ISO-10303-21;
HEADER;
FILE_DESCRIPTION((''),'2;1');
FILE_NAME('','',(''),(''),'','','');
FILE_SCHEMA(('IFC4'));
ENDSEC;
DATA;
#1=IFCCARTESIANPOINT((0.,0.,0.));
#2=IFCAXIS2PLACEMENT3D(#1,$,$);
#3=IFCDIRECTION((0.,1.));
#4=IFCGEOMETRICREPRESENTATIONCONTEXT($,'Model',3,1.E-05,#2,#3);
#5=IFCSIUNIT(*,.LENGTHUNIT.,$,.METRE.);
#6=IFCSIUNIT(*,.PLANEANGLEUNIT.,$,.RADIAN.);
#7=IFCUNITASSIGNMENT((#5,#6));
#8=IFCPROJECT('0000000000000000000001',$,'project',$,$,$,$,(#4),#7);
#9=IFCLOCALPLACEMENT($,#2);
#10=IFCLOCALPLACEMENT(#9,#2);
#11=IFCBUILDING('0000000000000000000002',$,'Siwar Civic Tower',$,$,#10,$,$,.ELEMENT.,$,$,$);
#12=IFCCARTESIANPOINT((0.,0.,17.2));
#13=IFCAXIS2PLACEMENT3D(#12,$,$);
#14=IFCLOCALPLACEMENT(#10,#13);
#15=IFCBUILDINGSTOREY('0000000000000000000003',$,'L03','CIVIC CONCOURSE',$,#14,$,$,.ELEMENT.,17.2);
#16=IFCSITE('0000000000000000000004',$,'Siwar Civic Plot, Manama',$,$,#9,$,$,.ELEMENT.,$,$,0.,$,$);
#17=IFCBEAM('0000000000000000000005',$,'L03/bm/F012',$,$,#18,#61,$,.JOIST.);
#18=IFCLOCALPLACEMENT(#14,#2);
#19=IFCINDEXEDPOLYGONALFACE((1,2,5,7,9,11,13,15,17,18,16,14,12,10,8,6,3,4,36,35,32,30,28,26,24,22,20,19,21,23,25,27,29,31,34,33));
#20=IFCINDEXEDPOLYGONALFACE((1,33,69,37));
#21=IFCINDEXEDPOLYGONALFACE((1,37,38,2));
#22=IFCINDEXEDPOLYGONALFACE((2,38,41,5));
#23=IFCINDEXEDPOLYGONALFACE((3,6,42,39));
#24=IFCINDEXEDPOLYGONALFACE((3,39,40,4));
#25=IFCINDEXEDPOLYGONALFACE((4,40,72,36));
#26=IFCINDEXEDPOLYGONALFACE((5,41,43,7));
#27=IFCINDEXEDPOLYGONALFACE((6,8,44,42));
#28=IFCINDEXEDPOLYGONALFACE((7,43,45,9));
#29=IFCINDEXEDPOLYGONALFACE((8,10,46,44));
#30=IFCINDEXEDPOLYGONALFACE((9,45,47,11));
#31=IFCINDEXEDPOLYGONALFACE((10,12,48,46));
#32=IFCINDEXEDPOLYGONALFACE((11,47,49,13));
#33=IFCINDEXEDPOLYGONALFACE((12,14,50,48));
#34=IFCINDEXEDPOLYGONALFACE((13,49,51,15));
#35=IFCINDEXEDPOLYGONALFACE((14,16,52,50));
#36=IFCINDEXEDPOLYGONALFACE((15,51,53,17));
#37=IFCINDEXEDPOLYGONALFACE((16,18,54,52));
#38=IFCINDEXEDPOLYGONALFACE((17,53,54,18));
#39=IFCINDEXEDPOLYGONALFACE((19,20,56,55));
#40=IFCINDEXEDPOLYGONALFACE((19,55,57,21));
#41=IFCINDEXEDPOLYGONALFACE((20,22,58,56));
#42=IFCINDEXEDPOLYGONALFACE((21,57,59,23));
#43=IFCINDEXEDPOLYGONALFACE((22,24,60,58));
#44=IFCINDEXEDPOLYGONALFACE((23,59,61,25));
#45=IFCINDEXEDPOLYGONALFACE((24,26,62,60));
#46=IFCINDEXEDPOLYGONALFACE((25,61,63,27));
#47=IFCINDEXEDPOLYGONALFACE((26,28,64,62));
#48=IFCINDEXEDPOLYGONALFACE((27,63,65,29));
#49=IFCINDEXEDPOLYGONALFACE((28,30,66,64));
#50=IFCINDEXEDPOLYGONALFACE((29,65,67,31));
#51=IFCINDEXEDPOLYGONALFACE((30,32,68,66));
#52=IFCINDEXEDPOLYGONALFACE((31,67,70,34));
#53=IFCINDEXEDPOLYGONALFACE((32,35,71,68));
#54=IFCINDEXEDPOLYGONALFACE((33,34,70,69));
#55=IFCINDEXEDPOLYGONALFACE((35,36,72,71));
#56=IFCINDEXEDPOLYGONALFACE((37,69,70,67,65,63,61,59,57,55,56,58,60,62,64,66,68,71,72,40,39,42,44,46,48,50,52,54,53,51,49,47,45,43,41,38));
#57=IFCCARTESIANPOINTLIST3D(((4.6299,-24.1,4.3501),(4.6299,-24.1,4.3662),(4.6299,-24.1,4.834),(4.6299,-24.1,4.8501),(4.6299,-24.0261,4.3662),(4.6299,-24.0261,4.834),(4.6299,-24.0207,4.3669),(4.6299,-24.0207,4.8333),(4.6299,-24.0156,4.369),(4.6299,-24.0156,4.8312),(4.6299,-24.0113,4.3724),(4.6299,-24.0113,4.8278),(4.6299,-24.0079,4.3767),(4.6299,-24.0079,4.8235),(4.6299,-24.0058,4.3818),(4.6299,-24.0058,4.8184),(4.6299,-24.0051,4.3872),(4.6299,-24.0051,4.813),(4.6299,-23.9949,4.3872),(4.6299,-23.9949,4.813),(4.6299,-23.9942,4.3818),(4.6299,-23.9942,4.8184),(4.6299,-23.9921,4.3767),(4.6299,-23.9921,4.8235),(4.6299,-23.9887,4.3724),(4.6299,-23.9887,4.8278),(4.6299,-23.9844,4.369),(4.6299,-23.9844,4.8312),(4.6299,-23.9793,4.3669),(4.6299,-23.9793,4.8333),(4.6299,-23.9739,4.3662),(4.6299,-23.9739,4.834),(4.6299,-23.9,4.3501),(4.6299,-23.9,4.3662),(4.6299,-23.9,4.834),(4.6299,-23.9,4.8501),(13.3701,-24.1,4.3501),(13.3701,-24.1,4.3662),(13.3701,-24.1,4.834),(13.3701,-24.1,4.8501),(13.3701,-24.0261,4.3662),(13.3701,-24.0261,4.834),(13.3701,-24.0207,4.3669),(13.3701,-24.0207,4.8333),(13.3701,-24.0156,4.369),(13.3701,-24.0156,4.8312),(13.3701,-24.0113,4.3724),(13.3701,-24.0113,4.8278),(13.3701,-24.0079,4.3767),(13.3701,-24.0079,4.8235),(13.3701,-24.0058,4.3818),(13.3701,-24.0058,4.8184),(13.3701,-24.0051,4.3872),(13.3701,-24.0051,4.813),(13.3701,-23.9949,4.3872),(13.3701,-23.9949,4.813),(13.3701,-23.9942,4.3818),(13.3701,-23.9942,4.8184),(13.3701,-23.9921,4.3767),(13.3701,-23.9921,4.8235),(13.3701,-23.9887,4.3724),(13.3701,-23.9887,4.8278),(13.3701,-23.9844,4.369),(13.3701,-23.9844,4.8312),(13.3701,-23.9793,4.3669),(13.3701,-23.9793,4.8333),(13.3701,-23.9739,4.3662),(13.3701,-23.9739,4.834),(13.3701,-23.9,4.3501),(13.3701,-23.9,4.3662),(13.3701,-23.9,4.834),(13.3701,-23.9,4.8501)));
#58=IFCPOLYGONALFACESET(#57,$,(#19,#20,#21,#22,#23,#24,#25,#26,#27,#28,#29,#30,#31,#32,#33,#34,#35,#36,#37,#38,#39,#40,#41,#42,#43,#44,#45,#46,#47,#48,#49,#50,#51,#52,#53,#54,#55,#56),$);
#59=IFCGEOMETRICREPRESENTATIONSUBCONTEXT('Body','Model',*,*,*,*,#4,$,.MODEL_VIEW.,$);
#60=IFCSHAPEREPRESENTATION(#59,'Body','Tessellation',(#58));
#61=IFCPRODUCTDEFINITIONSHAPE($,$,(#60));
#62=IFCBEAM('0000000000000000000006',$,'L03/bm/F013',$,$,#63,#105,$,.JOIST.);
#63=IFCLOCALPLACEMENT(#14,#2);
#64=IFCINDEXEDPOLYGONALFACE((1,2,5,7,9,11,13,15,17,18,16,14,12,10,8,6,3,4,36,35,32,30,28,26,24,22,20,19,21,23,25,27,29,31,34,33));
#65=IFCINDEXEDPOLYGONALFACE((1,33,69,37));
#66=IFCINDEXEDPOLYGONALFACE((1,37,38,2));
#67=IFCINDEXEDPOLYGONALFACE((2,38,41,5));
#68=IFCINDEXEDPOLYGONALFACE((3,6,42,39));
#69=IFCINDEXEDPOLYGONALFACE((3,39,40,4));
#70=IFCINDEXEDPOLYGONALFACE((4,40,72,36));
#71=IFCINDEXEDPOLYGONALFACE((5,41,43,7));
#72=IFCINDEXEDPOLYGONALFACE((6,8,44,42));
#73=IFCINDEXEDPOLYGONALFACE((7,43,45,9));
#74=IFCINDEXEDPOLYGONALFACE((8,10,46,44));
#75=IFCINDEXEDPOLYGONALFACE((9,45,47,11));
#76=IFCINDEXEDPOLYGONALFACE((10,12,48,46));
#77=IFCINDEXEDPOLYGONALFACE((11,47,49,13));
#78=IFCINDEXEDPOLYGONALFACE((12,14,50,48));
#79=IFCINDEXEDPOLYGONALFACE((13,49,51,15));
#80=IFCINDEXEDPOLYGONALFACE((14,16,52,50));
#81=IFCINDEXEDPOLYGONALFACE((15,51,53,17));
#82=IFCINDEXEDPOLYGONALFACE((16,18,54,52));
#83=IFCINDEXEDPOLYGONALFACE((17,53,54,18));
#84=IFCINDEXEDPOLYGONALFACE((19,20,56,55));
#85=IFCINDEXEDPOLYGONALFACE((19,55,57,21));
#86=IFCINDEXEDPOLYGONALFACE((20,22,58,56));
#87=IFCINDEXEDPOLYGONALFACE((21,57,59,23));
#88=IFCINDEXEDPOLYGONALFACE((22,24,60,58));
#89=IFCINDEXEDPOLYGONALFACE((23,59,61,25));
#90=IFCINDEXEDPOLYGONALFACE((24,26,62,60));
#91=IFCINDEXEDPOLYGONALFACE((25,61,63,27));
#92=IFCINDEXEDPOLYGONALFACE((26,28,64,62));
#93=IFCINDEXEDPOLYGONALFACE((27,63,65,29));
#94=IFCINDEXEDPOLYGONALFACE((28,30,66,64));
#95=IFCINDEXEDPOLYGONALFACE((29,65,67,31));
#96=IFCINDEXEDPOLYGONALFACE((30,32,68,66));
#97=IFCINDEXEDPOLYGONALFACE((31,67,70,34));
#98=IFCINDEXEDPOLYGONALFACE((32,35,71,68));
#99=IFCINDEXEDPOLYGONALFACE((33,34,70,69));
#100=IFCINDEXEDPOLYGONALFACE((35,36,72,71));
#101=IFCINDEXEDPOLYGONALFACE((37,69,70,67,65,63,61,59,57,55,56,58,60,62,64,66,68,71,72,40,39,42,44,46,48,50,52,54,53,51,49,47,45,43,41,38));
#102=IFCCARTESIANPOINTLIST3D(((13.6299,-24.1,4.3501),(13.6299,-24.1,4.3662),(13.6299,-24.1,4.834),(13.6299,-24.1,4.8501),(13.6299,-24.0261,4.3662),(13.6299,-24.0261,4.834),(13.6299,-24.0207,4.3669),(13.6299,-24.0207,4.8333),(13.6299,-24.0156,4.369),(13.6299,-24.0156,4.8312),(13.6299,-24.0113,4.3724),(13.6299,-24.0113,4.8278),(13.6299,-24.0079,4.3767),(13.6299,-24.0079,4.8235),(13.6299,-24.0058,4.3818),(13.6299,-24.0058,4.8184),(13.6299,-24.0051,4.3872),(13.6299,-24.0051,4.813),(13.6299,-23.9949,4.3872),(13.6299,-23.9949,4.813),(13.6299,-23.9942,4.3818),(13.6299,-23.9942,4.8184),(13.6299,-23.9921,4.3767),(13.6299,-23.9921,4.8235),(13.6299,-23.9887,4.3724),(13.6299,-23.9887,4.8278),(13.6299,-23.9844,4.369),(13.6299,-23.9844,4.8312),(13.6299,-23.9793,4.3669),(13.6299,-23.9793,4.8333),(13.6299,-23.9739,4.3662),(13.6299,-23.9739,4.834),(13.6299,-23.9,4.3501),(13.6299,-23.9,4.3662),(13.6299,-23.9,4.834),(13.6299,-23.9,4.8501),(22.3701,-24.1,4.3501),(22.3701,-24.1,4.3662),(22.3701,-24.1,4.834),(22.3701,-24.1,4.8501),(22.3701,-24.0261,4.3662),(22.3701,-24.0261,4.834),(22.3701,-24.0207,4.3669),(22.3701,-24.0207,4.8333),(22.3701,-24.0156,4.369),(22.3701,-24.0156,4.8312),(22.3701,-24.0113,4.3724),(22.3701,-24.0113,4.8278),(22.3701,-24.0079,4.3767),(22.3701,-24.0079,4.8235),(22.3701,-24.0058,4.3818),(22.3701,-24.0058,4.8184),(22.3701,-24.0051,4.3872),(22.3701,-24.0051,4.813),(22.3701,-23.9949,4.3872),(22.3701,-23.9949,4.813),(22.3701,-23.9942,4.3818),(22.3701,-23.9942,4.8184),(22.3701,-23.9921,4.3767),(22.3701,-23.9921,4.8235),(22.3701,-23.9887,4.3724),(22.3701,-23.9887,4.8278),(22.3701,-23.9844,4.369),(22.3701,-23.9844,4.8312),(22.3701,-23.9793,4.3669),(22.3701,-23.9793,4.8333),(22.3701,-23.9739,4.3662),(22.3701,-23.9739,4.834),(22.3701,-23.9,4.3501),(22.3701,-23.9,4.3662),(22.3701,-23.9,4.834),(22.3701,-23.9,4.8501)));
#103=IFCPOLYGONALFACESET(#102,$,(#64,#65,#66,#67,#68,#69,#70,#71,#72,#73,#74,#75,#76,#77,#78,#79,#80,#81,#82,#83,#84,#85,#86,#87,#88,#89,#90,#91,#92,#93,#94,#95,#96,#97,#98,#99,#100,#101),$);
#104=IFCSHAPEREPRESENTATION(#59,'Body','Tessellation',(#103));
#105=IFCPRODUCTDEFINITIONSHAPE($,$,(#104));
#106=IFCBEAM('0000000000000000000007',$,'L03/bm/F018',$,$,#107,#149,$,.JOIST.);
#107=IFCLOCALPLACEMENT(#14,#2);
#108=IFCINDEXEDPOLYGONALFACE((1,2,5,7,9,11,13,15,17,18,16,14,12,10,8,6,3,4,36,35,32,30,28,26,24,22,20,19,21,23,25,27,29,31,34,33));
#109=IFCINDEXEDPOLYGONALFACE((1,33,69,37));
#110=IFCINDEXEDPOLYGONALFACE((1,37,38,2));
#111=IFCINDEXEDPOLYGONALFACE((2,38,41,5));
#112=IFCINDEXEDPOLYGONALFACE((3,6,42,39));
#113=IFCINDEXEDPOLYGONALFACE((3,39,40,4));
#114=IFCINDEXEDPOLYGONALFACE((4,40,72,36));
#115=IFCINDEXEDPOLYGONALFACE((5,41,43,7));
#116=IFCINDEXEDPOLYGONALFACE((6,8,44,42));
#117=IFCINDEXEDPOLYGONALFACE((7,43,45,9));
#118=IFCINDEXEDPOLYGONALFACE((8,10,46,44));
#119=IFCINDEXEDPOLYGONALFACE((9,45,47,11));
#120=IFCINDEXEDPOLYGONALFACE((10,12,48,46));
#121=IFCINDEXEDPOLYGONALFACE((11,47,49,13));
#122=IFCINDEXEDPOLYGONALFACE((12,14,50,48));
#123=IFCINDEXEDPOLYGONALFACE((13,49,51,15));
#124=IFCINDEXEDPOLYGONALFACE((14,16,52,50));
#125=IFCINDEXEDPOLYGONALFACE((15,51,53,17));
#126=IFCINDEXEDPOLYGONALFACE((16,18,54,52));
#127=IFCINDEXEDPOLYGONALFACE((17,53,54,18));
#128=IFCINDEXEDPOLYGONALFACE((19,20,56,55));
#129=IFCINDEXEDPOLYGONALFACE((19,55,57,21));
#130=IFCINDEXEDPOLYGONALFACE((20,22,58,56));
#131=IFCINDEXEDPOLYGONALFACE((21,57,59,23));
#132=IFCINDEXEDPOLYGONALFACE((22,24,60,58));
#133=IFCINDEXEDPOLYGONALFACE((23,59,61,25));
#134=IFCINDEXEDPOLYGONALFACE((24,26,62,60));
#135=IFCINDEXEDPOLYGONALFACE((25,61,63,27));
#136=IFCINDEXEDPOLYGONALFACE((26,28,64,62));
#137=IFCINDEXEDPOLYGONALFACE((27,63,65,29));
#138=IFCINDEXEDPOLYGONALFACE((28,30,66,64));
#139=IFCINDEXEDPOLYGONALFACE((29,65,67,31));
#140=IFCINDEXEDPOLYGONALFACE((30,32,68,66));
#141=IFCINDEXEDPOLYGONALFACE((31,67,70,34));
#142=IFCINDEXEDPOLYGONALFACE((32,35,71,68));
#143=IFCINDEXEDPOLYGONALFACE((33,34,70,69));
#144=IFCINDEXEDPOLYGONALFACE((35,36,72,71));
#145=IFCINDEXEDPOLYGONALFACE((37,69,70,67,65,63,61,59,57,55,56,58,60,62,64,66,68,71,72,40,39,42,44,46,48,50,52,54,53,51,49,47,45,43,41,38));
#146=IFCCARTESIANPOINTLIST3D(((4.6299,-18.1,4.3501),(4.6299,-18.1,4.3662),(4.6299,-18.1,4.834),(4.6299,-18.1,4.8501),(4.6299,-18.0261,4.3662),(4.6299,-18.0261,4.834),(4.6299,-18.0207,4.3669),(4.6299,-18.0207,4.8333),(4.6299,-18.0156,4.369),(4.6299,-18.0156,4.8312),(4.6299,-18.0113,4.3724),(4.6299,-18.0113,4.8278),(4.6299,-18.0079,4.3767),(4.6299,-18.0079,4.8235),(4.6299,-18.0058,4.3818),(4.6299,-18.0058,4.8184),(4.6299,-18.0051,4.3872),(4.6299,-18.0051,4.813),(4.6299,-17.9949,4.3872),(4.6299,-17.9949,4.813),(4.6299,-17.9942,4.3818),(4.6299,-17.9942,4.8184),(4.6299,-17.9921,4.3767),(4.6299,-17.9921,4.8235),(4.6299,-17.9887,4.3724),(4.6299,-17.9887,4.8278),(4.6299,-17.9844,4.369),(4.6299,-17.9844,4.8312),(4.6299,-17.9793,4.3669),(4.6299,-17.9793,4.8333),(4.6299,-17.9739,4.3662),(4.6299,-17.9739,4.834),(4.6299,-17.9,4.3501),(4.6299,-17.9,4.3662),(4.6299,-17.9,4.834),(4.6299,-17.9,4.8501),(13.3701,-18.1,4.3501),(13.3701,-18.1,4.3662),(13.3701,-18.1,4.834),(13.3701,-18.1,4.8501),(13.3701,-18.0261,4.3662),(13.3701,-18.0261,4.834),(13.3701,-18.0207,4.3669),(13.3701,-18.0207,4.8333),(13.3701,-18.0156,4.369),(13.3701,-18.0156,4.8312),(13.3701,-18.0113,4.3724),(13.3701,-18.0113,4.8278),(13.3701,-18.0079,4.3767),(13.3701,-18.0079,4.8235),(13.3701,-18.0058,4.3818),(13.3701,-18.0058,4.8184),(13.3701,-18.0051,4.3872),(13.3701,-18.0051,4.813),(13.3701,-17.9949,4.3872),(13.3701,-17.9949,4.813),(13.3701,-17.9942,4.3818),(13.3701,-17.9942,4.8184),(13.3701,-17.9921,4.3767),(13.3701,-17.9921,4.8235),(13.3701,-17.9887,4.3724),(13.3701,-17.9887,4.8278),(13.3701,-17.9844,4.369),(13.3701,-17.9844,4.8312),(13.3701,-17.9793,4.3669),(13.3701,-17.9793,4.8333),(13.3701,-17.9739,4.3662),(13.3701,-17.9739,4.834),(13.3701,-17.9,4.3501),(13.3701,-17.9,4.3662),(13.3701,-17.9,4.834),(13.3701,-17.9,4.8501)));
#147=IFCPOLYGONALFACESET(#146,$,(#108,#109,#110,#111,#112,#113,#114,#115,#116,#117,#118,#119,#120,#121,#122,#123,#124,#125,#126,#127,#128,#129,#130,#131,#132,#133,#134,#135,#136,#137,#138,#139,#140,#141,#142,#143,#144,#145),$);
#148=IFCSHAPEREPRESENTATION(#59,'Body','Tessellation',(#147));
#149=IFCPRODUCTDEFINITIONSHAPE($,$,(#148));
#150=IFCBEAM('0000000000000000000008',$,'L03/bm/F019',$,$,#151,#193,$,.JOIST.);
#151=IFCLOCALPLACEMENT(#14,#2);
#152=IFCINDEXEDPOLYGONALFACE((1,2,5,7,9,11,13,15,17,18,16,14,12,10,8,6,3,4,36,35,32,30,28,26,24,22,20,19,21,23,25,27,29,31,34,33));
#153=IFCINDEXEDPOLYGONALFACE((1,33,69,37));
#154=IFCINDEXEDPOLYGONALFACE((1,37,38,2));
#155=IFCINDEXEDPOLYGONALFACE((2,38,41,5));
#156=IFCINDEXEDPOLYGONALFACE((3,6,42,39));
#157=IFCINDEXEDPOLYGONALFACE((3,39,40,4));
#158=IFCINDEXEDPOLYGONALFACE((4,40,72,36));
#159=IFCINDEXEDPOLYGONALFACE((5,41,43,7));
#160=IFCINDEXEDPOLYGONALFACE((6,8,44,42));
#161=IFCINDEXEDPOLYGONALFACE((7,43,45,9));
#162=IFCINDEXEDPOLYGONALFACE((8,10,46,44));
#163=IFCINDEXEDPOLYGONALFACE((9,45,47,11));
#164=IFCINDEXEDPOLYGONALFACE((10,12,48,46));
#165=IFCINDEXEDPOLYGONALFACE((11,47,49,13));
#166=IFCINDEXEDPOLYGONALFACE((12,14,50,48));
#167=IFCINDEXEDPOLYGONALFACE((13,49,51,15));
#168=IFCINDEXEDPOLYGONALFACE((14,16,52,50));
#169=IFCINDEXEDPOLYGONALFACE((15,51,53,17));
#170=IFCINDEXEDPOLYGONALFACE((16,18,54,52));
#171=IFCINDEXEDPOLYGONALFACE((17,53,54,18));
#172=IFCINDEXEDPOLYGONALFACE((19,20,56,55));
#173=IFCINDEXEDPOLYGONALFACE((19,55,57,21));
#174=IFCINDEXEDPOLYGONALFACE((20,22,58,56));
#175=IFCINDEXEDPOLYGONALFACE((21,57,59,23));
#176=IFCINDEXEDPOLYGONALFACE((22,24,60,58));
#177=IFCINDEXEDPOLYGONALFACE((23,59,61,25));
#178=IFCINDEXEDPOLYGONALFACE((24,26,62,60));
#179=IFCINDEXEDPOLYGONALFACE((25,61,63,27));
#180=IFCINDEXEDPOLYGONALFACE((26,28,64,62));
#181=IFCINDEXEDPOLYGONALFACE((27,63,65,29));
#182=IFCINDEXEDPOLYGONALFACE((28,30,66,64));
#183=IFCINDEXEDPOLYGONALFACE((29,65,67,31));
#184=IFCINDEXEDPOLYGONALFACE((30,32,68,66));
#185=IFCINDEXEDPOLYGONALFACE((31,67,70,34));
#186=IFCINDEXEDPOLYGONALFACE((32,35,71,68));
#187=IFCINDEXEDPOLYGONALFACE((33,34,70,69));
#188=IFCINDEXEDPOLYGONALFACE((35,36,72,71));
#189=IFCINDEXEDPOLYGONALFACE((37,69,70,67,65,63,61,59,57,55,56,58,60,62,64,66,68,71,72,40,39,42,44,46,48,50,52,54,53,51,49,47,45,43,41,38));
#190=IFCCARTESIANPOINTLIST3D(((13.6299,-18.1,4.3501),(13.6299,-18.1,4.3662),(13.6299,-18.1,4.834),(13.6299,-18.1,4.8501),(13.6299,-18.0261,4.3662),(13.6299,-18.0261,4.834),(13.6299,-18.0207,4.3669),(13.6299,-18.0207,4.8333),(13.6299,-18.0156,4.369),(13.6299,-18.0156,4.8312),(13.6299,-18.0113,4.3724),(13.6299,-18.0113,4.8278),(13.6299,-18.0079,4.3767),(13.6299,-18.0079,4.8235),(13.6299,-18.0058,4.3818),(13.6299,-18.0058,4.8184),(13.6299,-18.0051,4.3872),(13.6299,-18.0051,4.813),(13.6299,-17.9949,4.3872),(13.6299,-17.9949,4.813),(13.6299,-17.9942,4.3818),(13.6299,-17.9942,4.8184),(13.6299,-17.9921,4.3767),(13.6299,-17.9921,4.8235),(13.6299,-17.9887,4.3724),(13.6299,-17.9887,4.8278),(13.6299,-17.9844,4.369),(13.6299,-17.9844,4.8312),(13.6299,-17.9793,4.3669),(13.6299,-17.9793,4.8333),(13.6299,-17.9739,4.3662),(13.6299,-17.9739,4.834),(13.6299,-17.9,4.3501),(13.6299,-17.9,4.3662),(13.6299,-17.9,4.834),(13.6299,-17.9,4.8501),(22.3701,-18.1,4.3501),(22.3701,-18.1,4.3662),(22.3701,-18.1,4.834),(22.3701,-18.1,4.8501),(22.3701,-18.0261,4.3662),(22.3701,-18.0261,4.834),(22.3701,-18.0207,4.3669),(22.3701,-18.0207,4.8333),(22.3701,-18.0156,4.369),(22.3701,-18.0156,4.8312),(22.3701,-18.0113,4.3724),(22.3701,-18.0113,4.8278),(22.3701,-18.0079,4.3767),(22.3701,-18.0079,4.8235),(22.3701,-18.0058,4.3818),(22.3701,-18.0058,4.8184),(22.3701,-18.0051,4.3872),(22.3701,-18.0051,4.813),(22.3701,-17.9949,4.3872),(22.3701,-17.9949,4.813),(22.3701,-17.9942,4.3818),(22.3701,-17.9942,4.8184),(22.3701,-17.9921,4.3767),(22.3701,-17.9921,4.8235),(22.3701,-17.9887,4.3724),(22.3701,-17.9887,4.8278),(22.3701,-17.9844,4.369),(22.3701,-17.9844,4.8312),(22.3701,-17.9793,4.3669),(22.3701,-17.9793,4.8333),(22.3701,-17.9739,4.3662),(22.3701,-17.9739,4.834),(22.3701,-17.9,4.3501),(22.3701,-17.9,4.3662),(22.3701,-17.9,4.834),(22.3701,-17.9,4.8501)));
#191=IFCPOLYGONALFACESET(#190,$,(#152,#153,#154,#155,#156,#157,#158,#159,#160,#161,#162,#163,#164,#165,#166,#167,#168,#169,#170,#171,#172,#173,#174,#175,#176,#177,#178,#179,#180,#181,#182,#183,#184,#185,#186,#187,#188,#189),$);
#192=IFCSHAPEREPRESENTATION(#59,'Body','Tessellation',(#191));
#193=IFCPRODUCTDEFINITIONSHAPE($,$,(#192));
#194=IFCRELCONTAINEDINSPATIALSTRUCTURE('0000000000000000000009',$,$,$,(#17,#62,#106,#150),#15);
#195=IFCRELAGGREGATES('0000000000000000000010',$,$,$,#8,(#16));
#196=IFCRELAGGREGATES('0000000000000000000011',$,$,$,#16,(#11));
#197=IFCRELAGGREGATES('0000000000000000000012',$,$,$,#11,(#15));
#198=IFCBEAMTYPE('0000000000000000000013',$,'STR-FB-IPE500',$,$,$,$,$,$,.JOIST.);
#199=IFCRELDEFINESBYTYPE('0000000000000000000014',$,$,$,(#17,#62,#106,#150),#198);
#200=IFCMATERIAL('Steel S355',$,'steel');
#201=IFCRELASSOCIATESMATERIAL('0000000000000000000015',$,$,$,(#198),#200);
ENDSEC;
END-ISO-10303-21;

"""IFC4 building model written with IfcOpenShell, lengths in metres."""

from ifc_helpers import new_model, si_unit, direction, frame, origin, origin_2d, place, context, subcontext, project, spatial, i_section, extrude, material, material_profile, profile_set, type_object, element, save


model = new_model("IFC4")

# Units and contexts
model_context = context("Model", 3, precision=1e-05, world=origin(), true_north=direction((0.0, 1.0)))
body_context = subcontext(model_context, "Body", "Model", "MODEL_VIEW")
ifc_project = project(units=[si_unit("LENGTHUNIT", "METRE"), si_unit("PLANEANGLEUNIT", "RADIAN")], contexts=[model_context])

# Site, building, storey
site_placement = place(None, origin())
site = spatial("IfcSite", under=ifc_project, at=site_placement, Name="Siwar Civic Plot, Manama", CompositionType="ELEMENT", RefElevation=0.0)
building_placement = place(site_placement, origin())
building = spatial("IfcBuilding", under=site, at=building_placement, Name="Siwar Civic Tower", CompositionType="ELEMENT")
storey_placement = place(building_placement, frame((0.0, 0.0, 17.2)))
storey = spatial("IfcBuildingStorey", under=building, at=storey_placement, Name="L03", Description="CIVIC CONCOURSE", CompositionType="ELEMENT", Elevation=17.2)

# Beams
ifc_material_1 = material(Name="Steel S355", Category="steel")
ifc_material_profile_1 = material_profile(ifc_material_1, i_section(OverallWidth=0.2, OverallDepth=0.5, WebThickness=0.0103, FlangeThickness=0.0161, FilletRadius=0.021, at=origin_2d()), Name="IPE500")
ifc_profile_set_1 = profile_set([ifc_material_profile_1], Name="Steel S355")
beam_type_1 = type_object("IfcBeamType", Name="STR-FB-IPE500", PredefinedType="JOIST", material=ifc_profile_set_1)
for number, where, z_axis, x_axis, name in (
    (1, (4.6299, -24.0, 4.6001), (1.0, 0.0, 0.0), (0.0, 1.0, 0.0), "L03/bm/F012"),
    (2, (13.6299, -24.0, 4.6001), (1.0, 0.0, 0.0), (0.0, 1.0, 0.0), "L03/bm/F013"),
    (3, (4.6299, -18.0, 4.6001), (1.0, 0.0, 0.0), (0.0, 1.0, 0.0), "L03/bm/F018"),
    (4, (13.6299, -18.0, 4.6001), (1.0, 0.0, 0.0), (0.0, 1.0, 0.0), "L03/bm/F019"),
):
    element("IfcBeam", number, at=place(storey_placement, frame(where, z_axis=z_axis, x_axis=x_axis)), inside=storey, type_object=beam_type_1, Name=name, PredefinedType="JOIST", context=body_context, shape_type="SweptSolid", body=[
        extrude(i_section(OverallWidth=0.2, OverallDepth=0.5, WebThickness=0.0103, FlangeThickness=0.0161, FilletRadius=0.021, at=origin_2d()), origin(), (0.0, 0.0, 1.0), 8.7402),
    ])

save(model, "model.ifc")
